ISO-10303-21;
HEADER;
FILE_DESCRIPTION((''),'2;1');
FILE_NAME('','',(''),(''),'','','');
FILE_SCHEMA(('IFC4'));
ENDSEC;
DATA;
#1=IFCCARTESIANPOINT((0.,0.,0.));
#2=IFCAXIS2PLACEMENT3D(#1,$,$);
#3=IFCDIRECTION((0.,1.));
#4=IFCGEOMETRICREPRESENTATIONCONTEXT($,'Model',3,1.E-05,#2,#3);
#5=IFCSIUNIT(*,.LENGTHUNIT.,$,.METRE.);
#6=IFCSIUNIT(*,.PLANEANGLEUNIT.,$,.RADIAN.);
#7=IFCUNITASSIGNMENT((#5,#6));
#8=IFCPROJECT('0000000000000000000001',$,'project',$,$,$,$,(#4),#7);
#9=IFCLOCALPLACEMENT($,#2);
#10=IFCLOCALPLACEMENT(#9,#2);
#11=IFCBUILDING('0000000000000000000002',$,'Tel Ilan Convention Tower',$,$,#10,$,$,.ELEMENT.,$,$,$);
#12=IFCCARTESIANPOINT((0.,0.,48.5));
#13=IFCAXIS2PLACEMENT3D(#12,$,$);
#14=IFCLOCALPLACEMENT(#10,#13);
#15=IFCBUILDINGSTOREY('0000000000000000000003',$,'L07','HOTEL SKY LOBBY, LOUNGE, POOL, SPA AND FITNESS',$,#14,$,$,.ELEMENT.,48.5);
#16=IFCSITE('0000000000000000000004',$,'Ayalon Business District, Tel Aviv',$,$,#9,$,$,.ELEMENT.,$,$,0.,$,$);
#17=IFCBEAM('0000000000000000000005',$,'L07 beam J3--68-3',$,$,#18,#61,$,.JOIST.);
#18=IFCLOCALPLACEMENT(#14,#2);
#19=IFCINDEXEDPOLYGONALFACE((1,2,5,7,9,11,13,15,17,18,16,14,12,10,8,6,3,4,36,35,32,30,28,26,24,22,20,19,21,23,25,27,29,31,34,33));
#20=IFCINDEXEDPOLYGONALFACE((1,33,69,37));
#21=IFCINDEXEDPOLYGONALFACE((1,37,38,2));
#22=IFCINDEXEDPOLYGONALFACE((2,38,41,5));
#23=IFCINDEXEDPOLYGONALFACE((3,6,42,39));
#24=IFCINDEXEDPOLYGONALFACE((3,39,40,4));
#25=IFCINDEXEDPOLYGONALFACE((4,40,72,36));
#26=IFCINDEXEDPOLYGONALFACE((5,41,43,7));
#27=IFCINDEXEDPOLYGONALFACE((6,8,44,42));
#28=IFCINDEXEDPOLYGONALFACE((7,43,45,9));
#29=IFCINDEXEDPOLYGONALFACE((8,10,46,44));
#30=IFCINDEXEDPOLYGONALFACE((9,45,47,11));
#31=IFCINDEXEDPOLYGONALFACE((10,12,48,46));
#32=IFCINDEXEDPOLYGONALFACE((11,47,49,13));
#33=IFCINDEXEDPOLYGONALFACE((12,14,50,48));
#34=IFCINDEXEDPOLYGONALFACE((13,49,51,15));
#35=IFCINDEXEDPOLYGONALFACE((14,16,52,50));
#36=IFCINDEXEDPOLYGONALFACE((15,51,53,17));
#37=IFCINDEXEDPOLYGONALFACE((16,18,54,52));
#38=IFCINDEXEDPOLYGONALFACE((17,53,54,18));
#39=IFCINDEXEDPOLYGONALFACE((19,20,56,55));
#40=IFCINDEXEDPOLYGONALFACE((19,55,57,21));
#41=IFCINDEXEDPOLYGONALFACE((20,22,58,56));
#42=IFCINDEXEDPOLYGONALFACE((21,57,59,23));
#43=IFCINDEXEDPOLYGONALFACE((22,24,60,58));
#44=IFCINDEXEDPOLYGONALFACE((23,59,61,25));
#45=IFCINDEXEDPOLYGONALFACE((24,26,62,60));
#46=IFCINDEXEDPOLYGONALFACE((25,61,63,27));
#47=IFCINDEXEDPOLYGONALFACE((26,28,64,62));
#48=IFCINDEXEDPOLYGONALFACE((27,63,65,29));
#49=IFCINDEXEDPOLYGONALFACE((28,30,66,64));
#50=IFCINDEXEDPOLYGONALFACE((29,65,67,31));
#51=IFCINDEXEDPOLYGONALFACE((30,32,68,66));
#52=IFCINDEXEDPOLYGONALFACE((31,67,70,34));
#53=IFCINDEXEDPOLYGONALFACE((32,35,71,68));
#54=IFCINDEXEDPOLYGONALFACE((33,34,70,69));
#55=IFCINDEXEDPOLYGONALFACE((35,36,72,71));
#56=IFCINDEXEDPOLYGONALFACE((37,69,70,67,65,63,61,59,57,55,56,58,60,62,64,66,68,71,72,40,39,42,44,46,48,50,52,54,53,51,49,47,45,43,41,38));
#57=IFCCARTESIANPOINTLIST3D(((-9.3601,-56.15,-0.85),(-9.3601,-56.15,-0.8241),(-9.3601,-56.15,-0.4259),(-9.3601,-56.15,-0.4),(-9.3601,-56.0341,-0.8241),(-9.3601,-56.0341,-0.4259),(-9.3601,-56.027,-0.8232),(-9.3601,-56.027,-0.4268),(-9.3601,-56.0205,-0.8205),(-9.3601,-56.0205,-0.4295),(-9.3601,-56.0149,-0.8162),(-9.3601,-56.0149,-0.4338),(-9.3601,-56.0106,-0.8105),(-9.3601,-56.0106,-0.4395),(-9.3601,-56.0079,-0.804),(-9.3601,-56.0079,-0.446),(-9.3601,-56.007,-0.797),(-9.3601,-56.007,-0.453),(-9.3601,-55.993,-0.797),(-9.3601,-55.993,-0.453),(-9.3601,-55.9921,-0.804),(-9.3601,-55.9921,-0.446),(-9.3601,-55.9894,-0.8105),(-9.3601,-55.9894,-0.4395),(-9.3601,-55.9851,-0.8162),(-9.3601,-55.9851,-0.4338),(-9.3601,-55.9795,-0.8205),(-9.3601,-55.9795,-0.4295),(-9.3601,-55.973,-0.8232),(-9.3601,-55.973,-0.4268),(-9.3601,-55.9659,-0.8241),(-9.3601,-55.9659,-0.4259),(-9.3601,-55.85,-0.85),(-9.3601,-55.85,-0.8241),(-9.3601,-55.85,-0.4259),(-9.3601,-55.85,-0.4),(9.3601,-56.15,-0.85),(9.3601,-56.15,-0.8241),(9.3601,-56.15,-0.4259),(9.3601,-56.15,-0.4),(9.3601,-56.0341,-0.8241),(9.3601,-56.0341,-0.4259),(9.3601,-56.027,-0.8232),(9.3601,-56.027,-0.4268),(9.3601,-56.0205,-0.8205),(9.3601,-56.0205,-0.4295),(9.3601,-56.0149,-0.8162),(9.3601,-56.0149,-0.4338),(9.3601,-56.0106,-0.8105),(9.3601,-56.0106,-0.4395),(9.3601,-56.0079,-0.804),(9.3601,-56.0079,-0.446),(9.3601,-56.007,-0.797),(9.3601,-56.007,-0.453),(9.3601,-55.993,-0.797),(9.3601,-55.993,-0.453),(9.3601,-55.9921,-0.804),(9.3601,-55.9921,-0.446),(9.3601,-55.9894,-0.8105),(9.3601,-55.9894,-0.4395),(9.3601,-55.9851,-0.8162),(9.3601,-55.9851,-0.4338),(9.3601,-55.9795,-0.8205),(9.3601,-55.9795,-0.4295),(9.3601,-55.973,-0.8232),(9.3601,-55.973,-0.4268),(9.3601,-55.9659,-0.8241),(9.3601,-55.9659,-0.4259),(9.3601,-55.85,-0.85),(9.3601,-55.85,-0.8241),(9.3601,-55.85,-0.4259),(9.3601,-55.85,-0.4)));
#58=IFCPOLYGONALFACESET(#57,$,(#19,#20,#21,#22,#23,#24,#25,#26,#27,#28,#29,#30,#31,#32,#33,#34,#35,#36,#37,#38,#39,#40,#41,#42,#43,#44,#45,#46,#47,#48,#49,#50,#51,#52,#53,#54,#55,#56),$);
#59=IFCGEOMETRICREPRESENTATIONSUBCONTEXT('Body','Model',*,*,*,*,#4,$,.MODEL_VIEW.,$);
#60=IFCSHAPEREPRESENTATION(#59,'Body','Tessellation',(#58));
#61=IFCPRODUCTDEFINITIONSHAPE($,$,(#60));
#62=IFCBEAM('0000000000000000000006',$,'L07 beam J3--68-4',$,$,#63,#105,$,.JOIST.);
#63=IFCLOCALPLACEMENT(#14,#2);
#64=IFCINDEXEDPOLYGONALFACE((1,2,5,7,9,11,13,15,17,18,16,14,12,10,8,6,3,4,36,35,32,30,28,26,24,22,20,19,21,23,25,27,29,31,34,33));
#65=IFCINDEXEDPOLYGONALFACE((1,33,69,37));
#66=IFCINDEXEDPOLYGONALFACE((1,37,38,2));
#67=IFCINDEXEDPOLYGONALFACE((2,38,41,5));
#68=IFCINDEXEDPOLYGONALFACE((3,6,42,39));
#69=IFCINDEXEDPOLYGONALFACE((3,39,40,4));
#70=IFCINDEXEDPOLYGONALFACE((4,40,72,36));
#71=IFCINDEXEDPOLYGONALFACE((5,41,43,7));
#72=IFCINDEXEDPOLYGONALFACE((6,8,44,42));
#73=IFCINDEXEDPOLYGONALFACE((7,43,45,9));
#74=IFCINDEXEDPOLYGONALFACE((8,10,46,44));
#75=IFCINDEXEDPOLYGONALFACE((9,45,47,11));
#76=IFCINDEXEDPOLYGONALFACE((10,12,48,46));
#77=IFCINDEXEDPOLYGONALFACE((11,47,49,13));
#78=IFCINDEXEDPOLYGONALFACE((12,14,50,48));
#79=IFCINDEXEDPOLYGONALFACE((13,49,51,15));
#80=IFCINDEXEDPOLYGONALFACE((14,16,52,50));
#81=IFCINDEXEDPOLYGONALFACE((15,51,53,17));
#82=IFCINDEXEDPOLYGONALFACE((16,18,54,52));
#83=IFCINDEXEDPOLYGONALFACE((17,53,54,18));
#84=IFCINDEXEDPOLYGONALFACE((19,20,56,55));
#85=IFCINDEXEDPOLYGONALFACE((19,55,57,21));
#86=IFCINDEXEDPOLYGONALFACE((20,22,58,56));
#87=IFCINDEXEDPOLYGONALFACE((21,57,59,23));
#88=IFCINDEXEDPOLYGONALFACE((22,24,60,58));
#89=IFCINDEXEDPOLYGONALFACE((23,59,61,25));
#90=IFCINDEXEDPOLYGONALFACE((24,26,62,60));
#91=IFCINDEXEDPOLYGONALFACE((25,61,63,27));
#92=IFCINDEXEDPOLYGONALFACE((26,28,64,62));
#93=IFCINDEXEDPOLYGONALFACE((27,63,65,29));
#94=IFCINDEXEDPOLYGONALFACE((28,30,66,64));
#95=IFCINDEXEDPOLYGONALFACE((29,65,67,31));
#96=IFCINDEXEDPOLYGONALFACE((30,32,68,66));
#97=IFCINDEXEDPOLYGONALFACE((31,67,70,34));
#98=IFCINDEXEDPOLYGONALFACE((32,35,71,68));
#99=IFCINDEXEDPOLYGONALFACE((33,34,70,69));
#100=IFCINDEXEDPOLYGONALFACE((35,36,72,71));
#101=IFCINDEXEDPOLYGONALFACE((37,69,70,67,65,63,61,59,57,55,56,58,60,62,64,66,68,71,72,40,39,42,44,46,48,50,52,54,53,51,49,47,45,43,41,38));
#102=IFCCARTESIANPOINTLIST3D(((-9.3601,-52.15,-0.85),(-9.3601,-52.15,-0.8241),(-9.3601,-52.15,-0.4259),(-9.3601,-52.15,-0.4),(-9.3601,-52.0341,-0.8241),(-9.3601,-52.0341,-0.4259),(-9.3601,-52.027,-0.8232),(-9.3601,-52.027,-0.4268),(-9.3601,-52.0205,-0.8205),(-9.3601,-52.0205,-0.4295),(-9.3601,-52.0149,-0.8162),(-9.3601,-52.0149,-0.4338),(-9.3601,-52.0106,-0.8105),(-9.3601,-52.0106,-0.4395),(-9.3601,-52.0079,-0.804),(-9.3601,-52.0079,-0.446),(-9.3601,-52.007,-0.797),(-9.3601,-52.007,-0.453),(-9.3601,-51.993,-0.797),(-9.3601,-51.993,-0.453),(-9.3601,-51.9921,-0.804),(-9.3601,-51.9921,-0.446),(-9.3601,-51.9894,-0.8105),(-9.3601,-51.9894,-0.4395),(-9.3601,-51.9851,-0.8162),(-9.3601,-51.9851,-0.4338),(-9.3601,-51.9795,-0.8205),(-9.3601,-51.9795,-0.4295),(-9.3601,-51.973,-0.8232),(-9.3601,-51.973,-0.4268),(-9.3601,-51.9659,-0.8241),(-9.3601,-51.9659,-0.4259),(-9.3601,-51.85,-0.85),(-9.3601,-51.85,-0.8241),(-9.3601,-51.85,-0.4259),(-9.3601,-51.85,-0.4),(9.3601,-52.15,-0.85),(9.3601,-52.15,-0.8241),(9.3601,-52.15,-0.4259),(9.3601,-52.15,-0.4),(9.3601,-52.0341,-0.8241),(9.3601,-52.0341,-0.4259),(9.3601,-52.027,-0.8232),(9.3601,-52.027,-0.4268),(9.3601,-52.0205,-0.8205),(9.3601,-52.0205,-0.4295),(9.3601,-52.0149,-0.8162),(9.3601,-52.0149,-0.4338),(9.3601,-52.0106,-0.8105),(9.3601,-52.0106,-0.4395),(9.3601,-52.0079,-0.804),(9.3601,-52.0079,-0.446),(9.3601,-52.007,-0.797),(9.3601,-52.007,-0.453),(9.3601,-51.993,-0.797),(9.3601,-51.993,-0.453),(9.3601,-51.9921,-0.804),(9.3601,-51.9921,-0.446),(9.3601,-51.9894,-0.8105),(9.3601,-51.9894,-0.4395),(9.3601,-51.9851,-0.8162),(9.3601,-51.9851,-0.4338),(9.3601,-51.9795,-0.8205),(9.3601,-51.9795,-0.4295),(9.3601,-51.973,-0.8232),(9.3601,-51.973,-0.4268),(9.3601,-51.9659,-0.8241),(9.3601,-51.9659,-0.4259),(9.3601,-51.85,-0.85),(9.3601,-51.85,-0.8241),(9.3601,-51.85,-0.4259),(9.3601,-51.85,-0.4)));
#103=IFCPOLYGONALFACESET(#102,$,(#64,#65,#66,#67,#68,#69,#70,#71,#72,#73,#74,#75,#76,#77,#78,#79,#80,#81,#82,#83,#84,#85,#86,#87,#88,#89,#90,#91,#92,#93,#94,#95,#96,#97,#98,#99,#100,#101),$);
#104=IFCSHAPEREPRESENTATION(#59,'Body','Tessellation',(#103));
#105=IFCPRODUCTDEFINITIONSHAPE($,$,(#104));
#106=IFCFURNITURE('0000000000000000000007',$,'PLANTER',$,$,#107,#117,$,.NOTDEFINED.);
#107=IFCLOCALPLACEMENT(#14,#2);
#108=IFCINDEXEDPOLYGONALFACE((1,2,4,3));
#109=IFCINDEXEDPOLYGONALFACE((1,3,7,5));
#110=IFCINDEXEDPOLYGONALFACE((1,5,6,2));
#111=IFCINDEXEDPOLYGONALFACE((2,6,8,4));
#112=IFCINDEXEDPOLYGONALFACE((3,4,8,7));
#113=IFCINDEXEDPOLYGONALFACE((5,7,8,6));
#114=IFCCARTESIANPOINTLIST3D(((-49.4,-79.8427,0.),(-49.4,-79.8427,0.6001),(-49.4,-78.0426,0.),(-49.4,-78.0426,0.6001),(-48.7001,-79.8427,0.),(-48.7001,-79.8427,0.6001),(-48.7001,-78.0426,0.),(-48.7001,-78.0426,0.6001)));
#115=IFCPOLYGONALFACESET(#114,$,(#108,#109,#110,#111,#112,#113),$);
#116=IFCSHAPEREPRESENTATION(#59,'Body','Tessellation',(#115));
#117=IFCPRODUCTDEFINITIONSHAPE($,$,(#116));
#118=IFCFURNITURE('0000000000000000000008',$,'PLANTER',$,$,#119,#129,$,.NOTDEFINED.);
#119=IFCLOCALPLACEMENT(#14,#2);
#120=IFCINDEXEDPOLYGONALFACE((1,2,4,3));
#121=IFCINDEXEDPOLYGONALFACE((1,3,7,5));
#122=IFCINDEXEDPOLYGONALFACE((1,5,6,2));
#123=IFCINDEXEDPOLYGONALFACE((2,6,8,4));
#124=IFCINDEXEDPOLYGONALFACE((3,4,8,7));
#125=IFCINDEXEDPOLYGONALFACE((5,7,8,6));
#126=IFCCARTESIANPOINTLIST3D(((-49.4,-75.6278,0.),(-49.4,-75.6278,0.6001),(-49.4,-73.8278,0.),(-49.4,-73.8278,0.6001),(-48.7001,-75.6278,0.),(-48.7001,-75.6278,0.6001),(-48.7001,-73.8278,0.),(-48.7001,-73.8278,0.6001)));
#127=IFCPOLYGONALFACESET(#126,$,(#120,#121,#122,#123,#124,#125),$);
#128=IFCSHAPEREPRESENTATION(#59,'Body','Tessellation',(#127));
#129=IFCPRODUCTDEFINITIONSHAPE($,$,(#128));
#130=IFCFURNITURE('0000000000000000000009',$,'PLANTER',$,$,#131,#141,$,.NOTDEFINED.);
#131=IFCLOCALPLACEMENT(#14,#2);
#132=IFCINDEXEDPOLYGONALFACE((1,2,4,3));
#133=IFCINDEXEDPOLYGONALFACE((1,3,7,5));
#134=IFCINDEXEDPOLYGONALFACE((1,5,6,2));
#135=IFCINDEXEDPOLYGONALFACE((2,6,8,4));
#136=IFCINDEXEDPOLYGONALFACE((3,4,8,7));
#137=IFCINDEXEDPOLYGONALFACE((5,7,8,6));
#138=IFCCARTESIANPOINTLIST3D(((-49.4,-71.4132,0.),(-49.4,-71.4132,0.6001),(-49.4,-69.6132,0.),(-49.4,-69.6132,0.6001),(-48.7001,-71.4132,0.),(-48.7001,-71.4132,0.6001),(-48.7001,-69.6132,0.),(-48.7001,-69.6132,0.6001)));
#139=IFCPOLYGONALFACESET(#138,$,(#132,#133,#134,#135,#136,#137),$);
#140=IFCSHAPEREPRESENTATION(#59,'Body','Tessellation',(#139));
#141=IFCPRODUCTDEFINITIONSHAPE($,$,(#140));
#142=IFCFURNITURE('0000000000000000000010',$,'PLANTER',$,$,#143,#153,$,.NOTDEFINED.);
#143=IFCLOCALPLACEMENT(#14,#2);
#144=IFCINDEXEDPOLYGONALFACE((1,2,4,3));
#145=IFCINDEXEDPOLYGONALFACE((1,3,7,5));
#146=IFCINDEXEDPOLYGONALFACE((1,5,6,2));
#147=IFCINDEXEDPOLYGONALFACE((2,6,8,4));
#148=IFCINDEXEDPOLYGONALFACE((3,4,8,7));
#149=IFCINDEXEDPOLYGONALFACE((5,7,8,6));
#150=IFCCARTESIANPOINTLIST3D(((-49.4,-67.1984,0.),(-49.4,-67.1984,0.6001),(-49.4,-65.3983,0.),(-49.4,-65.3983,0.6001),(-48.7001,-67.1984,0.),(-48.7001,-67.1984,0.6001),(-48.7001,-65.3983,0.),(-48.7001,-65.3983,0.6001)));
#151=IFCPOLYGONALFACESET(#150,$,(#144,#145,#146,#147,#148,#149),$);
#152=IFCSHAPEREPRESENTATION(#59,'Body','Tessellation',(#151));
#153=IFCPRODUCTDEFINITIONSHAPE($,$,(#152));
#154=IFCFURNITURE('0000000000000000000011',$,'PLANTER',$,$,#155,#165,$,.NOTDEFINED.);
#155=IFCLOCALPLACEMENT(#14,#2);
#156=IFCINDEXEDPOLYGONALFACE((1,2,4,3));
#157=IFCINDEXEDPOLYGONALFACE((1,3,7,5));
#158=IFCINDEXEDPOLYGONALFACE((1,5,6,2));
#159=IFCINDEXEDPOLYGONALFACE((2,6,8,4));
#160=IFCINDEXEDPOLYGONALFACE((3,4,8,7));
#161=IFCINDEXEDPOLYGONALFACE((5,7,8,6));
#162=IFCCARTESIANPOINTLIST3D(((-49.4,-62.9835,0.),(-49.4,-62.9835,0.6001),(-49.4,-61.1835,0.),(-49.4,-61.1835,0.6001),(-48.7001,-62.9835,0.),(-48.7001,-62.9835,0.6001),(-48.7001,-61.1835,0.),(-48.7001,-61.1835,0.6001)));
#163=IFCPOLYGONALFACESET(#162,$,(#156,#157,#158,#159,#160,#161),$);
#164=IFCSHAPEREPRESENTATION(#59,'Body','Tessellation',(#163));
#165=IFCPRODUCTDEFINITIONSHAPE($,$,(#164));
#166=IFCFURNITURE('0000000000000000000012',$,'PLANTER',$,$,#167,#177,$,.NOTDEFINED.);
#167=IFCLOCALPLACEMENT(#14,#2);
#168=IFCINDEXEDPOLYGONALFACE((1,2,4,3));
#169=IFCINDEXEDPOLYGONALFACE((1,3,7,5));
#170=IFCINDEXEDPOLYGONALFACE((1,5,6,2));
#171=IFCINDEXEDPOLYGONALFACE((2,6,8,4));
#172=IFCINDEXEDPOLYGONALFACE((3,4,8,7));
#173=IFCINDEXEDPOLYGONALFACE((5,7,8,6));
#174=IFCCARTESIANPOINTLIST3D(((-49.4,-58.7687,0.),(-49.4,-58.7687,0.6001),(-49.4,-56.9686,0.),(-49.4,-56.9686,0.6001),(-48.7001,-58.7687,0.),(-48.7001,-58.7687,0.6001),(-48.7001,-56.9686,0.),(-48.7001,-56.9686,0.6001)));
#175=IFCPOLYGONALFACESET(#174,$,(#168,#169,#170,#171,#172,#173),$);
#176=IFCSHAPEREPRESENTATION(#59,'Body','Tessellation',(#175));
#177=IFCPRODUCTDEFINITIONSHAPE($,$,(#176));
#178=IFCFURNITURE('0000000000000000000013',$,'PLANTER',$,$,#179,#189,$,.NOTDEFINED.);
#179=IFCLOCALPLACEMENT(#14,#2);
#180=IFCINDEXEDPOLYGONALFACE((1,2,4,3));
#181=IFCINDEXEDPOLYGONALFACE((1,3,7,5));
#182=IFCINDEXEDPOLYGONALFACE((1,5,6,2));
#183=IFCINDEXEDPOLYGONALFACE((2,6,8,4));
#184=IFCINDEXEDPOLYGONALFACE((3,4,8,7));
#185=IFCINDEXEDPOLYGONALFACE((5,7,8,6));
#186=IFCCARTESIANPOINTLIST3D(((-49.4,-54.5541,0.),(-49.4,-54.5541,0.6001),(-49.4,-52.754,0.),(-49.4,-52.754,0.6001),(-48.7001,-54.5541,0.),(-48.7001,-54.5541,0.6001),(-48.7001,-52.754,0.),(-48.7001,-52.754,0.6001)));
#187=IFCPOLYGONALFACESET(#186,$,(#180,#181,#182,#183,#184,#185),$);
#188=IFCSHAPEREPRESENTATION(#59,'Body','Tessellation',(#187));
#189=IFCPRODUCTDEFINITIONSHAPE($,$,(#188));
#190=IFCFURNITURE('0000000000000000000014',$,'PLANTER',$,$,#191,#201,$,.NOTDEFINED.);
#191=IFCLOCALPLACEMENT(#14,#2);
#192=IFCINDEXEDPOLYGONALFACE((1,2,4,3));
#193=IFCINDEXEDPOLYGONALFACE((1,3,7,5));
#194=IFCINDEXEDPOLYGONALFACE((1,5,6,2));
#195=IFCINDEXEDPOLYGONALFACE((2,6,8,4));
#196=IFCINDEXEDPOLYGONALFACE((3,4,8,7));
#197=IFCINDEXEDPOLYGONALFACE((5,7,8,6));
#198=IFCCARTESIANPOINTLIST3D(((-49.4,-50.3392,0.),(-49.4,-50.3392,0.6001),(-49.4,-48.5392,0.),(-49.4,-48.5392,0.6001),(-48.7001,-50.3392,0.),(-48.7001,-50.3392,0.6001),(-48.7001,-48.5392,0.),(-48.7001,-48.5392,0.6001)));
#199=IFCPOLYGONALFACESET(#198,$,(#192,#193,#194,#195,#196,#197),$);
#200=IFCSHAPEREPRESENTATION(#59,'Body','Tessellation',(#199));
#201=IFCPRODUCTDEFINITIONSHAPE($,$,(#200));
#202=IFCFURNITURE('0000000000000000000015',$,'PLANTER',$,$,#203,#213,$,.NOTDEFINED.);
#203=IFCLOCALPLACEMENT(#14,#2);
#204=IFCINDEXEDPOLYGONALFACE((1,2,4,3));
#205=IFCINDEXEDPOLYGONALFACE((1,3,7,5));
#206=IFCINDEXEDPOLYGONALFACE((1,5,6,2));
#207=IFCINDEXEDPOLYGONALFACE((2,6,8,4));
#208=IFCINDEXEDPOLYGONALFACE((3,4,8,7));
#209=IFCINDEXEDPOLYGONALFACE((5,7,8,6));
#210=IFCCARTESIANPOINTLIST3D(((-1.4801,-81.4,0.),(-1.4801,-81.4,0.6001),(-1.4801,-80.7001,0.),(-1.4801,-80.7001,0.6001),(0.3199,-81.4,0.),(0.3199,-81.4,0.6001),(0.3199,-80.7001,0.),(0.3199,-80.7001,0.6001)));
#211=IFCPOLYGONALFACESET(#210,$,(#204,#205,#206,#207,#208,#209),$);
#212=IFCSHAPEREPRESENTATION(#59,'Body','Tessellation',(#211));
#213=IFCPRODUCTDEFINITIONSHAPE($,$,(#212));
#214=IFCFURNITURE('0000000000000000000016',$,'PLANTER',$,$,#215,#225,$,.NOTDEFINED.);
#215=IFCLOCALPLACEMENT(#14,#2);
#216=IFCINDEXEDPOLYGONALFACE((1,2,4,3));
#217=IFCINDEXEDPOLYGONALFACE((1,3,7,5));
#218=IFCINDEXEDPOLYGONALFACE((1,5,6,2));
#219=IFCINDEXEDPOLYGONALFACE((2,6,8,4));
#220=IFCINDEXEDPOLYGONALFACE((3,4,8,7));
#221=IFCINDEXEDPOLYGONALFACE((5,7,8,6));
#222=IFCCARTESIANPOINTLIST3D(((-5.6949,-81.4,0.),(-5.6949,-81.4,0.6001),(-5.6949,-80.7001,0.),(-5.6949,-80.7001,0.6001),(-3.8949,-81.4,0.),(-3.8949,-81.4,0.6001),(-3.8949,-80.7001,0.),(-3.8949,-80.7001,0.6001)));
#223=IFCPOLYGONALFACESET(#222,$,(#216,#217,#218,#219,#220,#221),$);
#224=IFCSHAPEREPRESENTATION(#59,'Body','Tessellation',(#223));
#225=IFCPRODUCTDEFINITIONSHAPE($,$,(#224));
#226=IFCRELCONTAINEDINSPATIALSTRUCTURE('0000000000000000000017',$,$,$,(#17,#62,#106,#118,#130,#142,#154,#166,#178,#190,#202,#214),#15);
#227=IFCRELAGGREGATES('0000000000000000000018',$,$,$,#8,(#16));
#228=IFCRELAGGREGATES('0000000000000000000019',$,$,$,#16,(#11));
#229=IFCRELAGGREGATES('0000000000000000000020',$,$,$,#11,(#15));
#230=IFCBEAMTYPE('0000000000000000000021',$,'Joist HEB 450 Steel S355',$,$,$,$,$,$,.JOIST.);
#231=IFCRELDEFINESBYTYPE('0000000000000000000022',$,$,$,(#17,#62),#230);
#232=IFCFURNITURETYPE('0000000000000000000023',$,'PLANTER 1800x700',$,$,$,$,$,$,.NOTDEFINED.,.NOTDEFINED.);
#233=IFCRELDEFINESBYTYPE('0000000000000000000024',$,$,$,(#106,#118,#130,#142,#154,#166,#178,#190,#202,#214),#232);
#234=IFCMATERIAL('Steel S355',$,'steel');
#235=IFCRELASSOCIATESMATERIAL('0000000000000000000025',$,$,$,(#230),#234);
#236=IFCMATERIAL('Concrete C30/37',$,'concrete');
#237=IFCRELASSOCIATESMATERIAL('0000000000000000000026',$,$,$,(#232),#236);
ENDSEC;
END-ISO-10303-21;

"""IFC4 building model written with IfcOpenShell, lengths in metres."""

from ifc_helpers import new_model, si_unit, direction, frame, origin, origin_2d, place, context, subcontext, project, spatial, rectangle, i_section, extrude, material, material_profile, profile_set, type_object, element, save


model = new_model("IFC4")

# Units and contexts
model_context = context("Model", 3, precision=1e-05, world=origin(), true_north=direction((0.0, 1.0)))
body_context = subcontext(model_context, "Body", "Model", "MODEL_VIEW")
ifc_project = project(units=[si_unit("LENGTHUNIT", "METRE"), si_unit("PLANEANGLEUNIT", "RADIAN")], contexts=[model_context])

# Site, building, storey
site_placement = place(None, origin())
site = spatial("IfcSite", under=ifc_project, at=site_placement, Name="Ayalon Business District, Tel Aviv", CompositionType="ELEMENT", RefElevation=0.0)
building_placement = place(site_placement, origin())
building = spatial("IfcBuilding", under=site, at=building_placement, Name="Tel Ilan Convention Tower", CompositionType="ELEMENT")
storey_placement = place(building_placement, frame((0.0, 0.0, 48.5)))
storey = spatial("IfcBuildingStorey", under=building, at=storey_placement, Name="L07", Description="HOTEL SKY LOBBY, LOUNGE, POOL, SPA AND FITNESS", CompositionType="ELEMENT", Elevation=48.5)

# Beams
ifc_material_1 = material(Name="Steel S355", Category="steel")
ifc_material_profile_1 = material_profile(ifc_material_1, i_section(OverallWidth=0.3, OverallDepth=0.45, WebThickness=0.0139, FlangeThickness=0.0259, FilletRadius=0.0271, at=origin_2d()), Name="HEB 450")
ifc_profile_set_1 = profile_set([ifc_material_profile_1], Name="Steel S355")
beam_type_1 = type_object("IfcBeamType", Name="Joist HEB 450 Steel S355", PredefinedType="JOIST", material=ifc_profile_set_1)
for number, where, z_axis, x_axis, name in (
    (1, (-9.3601, -56.0, -0.625), (1.0, 0.0, 0.0), (0.0, 1.0, 0.0), "L07 beam J3--68-3"),
    (2, (-9.3601, -52.0, -0.625), (1.0, 0.0, 0.0), (0.0, 1.0, 0.0), "L07 beam J3--68-4"),
):
    element("IfcBeam", number, at=place(storey_placement, frame(where, z_axis=z_axis, x_axis=x_axis)), inside=storey, type_object=beam_type_1, Name=name, PredefinedType="JOIST", context=body_context, shape_type="SweptSolid", body=[
        extrude(i_section(OverallWidth=0.3, OverallDepth=0.45, WebThickness=0.0139, FlangeThickness=0.0259, FilletRadius=0.0271, at=origin_2d()), origin(), (0.0, 0.0, 1.0), 18.7202),
    ])

# Furniture
ifc_material_2 = material(Name="Concrete C30/37", Category="concrete")
furniture_type = type_object("IfcFurnitureType", Name="PLANTER 1800x700", AssemblyPlace="NOTDEFINED", PredefinedType="NOTDEFINED", material=ifc_material_2)
for number, where, z_axis, x_axis, name in (
    (3, (-49.05, -78.9426, 0.0), (0.0, 0.0, 1.0), (0.0, 1.0, 0.0), "PLANTER"),
    (4, (-49.05, -74.7278, 0.0), (0.0, 0.0, 1.0), (0.0, 1.0, 0.0), "PLANTER"),
    (5, (-49.05, -70.5132, 0.0), (0.0, 0.0, 1.0), (0.0, 1.0, 0.0), "PLANTER"),
    (6, (-49.05, -66.2983, 0.0), (0.0, 0.0, 1.0), (0.0, 1.0, 0.0), "PLANTER"),
    (7, (-49.05, -62.0835, 0.0), (0.0, 0.0, 1.0), (0.0, 1.0, 0.0), "PLANTER"),
    (8, (-49.05, -57.8687, 0.0), (0.0, 0.0, 1.0), (0.0, 1.0, 0.0), "PLANTER"),
    (9, (-49.05, -53.6541, 0.0), (0.0, 0.0, 1.0), (0.0, 1.0, 0.0), "PLANTER"),
    (10, (-49.05, -49.4392, 0.0), (0.0, 0.0, 1.0), (0.0, 1.0, 0.0), "PLANTER"),
    (11, (-0.5801, -81.05, 0.0), (0.0, 0.0, 1.0), (-1.0, 0.0, 0.0), "PLANTER"),
    (12, (-4.7949, -81.05, 0.0), (0.0, 0.0, 1.0), (-1.0, 0.0, 0.0), "PLANTER"),
):
    element("IfcFurniture", number, at=place(storey_placement, frame(where, z_axis=z_axis, x_axis=x_axis)), inside=storey, type_object=furniture_type, Name=name, PredefinedType="NOTDEFINED", context=body_context, shape_type="SweptSolid", body=[
        extrude(rectangle(XDim=1.8, YDim=0.7, at=origin_2d()), origin(), (0.0, 0.0, 1.0), 0.6001),
    ])

save(model, "model.ifc")
